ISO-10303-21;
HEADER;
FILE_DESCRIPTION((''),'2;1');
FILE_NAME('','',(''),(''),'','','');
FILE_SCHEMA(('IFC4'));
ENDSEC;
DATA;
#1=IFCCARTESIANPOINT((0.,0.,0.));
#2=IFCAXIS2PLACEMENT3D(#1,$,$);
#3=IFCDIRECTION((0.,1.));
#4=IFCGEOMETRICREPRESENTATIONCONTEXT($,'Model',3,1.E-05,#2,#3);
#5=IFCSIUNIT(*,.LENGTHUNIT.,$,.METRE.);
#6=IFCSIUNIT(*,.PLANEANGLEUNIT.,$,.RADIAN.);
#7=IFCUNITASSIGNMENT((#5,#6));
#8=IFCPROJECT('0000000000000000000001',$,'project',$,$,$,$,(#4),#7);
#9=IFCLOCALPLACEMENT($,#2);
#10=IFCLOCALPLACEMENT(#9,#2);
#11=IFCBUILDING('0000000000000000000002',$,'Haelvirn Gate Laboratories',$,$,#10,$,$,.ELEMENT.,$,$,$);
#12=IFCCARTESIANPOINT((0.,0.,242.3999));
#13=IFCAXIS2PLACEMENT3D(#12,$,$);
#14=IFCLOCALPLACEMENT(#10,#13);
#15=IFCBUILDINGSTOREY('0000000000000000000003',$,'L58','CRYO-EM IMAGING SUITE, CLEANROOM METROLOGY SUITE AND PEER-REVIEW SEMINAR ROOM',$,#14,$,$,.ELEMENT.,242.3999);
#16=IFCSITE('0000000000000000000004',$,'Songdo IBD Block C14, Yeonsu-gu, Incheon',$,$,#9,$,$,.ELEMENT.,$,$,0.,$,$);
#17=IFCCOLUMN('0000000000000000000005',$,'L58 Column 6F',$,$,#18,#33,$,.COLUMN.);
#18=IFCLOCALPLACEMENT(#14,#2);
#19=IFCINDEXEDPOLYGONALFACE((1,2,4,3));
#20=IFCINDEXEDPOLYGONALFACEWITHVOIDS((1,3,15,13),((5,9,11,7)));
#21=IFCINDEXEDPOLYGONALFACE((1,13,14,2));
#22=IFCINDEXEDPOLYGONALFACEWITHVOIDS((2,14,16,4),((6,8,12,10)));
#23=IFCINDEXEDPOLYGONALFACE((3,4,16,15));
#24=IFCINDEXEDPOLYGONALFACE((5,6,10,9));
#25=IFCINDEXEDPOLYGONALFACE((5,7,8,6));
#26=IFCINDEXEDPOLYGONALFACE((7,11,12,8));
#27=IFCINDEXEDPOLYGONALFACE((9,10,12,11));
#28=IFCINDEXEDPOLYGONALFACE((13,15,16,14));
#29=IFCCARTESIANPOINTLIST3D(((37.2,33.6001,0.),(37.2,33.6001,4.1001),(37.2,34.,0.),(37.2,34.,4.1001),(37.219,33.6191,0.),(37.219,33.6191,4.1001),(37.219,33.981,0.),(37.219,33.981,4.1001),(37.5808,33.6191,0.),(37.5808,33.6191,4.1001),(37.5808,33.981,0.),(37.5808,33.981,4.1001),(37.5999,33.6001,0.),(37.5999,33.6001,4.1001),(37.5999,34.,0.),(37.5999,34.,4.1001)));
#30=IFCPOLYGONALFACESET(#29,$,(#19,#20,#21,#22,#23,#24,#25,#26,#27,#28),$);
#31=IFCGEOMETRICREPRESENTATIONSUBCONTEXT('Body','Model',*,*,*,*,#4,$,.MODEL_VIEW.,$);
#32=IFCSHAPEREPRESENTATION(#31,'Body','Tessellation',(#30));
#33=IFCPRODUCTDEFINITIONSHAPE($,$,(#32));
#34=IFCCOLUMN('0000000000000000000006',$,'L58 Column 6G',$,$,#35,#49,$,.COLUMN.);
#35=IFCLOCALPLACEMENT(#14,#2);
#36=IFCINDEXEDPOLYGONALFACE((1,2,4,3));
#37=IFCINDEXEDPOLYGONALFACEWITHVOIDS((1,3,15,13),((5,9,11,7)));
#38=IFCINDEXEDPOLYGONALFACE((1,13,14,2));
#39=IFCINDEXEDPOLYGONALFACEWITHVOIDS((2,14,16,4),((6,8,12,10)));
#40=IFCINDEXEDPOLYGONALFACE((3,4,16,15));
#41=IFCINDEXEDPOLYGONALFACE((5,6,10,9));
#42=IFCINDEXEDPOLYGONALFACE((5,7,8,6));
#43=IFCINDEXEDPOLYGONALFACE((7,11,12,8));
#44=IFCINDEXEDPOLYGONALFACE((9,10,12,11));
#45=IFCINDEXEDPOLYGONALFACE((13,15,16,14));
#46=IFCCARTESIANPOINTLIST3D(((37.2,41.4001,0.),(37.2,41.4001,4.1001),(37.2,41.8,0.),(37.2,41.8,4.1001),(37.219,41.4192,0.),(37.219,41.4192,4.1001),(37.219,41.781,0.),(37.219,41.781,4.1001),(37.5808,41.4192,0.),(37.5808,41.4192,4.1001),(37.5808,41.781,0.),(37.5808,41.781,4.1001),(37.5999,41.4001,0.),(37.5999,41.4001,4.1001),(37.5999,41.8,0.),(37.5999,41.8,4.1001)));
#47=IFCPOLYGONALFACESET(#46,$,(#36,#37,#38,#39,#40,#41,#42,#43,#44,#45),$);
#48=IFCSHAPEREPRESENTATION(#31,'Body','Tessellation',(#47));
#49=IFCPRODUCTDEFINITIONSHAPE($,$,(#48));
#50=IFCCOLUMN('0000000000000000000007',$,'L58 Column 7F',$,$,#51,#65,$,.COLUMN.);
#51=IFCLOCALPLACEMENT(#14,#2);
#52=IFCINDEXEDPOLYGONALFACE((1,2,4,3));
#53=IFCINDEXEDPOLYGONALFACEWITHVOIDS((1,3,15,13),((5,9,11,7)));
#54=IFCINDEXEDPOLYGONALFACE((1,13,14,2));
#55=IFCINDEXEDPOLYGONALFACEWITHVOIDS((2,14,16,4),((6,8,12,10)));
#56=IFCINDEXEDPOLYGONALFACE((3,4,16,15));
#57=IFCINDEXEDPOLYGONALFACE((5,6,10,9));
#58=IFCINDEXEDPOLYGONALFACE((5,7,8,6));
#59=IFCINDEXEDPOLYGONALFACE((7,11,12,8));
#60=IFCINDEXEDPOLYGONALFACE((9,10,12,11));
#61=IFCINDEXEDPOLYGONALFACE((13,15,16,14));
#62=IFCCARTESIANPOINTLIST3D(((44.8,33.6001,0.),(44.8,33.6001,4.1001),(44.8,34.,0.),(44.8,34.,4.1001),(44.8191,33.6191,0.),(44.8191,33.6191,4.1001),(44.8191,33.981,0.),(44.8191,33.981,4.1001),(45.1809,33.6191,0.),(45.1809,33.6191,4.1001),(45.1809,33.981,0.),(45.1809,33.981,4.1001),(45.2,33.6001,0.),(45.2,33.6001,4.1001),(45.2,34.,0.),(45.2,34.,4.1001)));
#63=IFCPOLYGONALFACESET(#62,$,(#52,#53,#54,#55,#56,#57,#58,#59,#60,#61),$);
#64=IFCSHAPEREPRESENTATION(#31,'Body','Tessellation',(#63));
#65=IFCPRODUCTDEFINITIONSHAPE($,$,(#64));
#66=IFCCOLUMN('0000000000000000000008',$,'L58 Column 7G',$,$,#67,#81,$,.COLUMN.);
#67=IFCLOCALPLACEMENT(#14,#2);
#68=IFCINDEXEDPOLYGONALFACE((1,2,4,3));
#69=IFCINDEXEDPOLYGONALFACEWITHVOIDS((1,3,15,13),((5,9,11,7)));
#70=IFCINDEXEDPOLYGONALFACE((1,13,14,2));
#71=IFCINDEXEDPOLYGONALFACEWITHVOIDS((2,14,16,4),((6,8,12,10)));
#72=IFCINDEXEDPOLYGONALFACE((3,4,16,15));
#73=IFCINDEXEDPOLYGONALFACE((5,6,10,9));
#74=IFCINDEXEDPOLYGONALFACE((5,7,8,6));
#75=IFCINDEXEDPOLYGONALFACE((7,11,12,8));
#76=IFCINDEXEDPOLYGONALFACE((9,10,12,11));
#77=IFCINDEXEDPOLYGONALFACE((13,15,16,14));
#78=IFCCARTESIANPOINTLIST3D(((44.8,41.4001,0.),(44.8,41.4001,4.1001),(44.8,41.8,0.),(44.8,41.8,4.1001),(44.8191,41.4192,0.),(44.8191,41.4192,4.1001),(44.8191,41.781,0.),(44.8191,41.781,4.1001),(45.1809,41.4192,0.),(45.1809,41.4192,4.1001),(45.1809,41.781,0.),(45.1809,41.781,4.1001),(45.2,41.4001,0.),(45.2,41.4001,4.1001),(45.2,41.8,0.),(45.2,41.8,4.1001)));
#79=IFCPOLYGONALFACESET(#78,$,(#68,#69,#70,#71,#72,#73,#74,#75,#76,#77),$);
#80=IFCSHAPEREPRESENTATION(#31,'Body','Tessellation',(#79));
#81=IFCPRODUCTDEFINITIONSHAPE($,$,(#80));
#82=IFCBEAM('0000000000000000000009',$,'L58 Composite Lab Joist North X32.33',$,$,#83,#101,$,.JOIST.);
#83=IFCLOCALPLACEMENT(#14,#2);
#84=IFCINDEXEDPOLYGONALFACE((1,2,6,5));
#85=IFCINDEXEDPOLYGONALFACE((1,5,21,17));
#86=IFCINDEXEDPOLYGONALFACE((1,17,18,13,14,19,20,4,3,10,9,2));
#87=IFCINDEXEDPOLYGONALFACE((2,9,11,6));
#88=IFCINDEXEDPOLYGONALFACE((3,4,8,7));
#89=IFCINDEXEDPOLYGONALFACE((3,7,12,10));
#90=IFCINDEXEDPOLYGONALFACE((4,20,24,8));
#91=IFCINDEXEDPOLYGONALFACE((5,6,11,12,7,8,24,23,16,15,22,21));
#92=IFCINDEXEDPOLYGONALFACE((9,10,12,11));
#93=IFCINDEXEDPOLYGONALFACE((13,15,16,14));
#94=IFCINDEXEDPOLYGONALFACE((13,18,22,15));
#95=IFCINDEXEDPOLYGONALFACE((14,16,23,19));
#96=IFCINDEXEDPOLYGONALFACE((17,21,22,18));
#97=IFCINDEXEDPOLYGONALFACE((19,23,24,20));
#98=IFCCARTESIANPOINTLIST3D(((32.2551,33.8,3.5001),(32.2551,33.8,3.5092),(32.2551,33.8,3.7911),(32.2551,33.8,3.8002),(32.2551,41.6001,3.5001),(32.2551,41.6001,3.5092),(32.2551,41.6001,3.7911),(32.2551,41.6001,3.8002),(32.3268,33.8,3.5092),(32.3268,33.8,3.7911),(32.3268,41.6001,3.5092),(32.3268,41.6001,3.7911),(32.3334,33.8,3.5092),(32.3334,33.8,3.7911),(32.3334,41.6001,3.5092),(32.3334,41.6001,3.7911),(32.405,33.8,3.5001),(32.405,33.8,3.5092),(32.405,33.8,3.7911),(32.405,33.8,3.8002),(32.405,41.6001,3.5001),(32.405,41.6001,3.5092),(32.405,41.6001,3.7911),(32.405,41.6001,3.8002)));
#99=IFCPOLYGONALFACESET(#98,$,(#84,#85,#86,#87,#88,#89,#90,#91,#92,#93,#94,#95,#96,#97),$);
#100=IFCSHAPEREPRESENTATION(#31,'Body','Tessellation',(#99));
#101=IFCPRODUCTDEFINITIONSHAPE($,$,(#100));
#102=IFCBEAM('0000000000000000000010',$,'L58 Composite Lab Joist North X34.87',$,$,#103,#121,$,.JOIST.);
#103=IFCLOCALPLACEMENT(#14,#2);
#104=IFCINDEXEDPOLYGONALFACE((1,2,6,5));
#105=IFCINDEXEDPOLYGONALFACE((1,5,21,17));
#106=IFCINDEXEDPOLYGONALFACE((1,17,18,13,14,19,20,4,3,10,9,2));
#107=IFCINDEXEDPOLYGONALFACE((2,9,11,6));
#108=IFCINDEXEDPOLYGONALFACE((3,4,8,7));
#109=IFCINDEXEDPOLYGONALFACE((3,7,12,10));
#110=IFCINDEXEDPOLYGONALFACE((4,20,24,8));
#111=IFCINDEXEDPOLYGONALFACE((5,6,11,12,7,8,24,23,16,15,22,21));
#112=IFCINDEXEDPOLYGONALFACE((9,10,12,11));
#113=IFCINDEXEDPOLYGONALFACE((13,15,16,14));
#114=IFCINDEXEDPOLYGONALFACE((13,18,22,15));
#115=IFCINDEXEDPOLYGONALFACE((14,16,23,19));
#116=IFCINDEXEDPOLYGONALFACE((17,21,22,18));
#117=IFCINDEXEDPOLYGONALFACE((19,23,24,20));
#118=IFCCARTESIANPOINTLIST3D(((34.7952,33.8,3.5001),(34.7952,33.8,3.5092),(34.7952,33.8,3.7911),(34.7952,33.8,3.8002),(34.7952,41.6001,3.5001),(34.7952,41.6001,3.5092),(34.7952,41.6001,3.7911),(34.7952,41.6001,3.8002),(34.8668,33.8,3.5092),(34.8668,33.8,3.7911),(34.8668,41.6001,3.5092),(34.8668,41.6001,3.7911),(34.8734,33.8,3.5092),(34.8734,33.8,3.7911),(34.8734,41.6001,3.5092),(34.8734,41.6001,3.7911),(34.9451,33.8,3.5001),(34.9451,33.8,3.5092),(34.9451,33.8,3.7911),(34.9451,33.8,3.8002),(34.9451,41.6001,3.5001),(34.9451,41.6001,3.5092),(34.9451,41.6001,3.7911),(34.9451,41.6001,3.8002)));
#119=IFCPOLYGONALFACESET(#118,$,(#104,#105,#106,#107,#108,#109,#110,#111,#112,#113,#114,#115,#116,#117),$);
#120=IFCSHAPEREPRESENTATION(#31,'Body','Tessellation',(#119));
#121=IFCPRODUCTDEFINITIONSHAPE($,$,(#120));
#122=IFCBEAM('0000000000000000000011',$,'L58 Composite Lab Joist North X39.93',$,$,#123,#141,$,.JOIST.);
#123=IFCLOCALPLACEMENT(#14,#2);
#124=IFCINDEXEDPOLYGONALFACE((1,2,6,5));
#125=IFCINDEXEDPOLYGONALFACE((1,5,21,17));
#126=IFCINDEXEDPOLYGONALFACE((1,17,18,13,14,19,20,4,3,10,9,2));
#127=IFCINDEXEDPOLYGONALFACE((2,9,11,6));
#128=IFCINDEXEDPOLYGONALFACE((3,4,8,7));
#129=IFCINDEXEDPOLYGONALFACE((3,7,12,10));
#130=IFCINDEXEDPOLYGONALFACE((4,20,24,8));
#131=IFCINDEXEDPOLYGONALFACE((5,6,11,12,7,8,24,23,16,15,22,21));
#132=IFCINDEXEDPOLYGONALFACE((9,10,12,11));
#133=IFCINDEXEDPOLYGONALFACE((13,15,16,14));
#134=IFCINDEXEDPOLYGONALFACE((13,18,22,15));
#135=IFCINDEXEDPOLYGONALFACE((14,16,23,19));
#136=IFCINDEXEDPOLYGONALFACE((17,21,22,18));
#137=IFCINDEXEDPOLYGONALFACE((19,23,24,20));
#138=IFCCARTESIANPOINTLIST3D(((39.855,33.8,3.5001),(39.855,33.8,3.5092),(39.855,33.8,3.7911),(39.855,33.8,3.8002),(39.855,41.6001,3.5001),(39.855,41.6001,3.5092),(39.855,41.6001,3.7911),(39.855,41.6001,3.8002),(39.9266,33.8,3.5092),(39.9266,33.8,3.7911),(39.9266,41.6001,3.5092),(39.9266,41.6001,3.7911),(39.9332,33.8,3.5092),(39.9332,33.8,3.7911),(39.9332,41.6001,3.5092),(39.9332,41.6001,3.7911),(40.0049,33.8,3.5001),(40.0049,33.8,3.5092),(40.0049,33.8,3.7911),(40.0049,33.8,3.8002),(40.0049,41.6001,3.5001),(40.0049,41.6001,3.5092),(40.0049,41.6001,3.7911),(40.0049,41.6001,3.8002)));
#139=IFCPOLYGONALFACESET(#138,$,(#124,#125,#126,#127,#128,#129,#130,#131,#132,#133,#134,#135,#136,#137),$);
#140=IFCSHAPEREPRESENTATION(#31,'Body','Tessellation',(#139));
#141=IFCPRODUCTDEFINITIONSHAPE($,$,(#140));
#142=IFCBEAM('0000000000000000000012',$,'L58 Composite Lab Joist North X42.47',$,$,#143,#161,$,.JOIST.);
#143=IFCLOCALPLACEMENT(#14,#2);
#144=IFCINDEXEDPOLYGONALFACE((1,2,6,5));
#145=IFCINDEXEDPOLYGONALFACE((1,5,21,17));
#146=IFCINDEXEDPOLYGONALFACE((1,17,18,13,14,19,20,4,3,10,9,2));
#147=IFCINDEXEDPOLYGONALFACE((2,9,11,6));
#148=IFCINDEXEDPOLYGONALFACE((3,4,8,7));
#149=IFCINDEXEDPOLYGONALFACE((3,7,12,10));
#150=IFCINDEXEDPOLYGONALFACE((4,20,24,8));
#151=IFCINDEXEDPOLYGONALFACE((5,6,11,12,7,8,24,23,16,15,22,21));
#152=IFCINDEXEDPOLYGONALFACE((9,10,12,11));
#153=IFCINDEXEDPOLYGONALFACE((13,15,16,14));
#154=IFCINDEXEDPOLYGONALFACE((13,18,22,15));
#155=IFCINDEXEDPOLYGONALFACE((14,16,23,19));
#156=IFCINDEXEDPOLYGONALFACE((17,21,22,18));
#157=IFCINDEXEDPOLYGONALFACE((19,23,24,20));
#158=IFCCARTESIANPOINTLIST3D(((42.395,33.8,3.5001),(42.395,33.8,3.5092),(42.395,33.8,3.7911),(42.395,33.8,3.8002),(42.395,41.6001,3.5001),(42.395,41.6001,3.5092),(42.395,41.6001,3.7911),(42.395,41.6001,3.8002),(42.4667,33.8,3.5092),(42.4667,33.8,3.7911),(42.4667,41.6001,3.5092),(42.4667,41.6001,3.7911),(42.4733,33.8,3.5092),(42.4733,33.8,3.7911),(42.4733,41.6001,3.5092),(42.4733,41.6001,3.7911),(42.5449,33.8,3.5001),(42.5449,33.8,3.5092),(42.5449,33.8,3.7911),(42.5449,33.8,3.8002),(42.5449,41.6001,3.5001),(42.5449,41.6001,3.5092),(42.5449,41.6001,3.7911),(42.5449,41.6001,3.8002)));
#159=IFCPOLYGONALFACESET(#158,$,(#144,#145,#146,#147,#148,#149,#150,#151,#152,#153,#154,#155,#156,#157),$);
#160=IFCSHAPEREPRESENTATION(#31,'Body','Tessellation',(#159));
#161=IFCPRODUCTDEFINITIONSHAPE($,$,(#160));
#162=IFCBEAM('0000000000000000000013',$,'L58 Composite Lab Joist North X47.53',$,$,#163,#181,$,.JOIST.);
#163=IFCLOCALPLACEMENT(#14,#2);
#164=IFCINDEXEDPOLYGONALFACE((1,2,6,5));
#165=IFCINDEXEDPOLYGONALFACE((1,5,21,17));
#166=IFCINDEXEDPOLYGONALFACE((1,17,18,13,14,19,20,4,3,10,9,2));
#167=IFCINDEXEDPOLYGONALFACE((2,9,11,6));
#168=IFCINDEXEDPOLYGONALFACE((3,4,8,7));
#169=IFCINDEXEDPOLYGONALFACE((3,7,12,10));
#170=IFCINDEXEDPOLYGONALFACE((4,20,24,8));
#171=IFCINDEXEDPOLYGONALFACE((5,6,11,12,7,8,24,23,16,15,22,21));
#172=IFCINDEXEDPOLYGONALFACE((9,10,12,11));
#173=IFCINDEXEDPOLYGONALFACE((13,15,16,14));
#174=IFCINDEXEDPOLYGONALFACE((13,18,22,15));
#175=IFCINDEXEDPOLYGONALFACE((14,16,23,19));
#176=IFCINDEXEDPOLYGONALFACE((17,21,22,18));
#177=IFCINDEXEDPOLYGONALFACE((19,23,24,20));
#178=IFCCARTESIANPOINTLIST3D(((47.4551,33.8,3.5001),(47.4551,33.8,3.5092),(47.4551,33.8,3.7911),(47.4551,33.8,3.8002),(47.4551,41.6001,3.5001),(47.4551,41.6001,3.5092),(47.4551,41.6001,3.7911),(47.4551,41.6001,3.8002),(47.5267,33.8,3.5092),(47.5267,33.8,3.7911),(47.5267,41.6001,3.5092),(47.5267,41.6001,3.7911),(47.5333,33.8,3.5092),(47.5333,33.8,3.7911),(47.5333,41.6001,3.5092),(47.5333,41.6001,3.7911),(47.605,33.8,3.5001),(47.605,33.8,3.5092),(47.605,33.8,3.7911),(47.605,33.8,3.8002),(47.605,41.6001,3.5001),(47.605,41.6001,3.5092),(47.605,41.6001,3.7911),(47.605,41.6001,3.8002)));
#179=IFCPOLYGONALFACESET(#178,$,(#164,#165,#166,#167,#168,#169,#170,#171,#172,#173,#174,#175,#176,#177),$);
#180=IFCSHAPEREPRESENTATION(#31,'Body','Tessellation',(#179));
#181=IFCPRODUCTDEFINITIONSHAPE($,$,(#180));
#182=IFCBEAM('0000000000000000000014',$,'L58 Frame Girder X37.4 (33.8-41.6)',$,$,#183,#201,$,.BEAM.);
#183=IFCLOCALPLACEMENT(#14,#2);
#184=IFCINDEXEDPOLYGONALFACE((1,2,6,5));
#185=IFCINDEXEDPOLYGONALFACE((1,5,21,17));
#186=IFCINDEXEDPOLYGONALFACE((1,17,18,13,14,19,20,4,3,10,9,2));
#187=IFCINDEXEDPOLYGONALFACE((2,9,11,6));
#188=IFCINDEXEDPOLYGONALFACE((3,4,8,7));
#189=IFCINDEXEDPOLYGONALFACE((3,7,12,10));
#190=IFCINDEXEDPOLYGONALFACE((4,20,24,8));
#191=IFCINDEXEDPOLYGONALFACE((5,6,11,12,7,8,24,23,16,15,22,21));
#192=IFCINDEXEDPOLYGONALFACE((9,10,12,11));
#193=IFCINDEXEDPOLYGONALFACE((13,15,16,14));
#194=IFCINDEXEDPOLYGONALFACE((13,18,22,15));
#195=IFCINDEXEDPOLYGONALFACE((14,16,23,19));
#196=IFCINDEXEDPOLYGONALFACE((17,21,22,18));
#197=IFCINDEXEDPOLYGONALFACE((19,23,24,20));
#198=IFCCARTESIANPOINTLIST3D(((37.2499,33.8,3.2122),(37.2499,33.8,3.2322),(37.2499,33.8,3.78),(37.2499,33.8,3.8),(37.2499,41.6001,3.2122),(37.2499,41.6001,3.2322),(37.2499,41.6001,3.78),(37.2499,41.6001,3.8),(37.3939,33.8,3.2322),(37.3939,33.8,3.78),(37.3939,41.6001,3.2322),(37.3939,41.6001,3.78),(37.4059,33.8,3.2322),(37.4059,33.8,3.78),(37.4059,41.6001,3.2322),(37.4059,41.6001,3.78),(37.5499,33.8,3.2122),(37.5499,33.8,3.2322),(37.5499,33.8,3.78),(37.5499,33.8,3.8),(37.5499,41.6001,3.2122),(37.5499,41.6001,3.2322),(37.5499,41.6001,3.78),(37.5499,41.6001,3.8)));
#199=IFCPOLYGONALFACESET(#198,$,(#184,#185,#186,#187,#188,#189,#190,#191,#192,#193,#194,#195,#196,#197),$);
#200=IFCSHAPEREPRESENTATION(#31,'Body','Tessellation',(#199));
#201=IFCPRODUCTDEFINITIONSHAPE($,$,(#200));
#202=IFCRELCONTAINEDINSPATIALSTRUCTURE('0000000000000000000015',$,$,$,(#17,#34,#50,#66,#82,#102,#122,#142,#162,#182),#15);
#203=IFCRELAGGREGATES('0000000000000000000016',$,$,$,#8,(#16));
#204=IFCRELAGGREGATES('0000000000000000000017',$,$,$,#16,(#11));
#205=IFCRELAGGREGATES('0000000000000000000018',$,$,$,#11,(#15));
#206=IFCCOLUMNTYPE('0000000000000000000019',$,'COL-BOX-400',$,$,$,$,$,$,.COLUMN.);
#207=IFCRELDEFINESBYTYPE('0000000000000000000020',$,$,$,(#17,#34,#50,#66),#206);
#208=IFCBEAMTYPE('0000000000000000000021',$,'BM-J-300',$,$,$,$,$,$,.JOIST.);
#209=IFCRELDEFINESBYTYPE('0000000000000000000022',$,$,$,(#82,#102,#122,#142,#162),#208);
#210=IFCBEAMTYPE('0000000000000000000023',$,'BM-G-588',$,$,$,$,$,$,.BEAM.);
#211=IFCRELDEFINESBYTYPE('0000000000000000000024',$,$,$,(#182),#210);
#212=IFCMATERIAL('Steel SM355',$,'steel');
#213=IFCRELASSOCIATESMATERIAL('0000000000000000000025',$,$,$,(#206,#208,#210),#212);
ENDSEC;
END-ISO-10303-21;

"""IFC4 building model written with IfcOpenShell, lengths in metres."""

from ifc_helpers import new_model, si_unit, direction, frame, origin, origin_2d, place, context, subcontext, project, spatial, hollow_rectangle, i_section, extrude, source, transform, mapped, material, material_profile, profile_set, type_object, type_shapes, element, save


model = new_model("IFC4")

# Units and contexts
model_context = context("Model", 3, precision=1e-05, world=origin(), true_north=direction((0.0, 1.0)))
body_context = subcontext(model_context, "Body", "Model", "MODEL_VIEW")
ifc_project = project(units=[si_unit("LENGTHUNIT", "METRE"), si_unit("PLANEANGLEUNIT", "RADIAN")], contexts=[model_context])

# Site, building, storey
site_placement = place(None, origin())
site = spatial("IfcSite", under=ifc_project, at=site_placement, Name="Songdo IBD Block C14, Yeonsu-gu, Incheon", CompositionType="ELEMENT", RefElevation=0.0)
building_placement = place(site_placement, origin())
building = spatial("IfcBuilding", under=site, at=building_placement, Name="Haelvirn Gate Laboratories", CompositionType="ELEMENT")
storey_placement = place(building_placement, frame((0.0, 0.0, 242.3999)))
storey = spatial("IfcBuildingStorey", under=building, at=storey_placement, Name="L58", Description="CRYO-EM IMAGING SUITE, CLEANROOM METROLOGY SUITE AND PEER-REVIEW SEMINAR ROOM", CompositionType="ELEMENT", Elevation=242.3999)

# Columns
ifc_material_1 = material(Name="Steel SM355", Category="steel")
ifc_material_profile_1 = material_profile(ifc_material_1, hollow_rectangle(XDim=0.3999, YDim=0.3999, WallThickness=0.019, at=origin_2d()), Name="BOX-400x400x19")
ifc_profile_set_1 = profile_set([ifc_material_profile_1], Name="Steel SM355")
column_type = type_object("IfcColumnType", Name="COL-BOX-400", PredefinedType="COLUMN", material=ifc_profile_set_1)
shared_shape_1 = source(origin(), body_context, "Body", "SweptSolid", [
    extrude(hollow_rectangle(XDim=0.3999, YDim=0.3999, WallThickness=0.019, at=origin_2d()), origin(), (0.0, 0.0, 1.0), 4.1001),
])
type_shapes(column_type, [shared_shape_1])
for number, where, z_axis, x_axis, name in (
    (1, (37.3999, 33.8, 0.0), (0.0, 0.0, 1.0), (1.0, 0.0, 0.0), "L58 Column 6F"),
    (2, (37.3999, 41.6001, 0.0), (0.0, 0.0, 1.0), (1.0, 0.0, 0.0), "L58 Column 6G"),
    (3, (45.0, 33.8, 0.0), (0.0, 0.0, 1.0), (1.0, 0.0, 0.0), "L58 Column 7F"),
    (4, (45.0, 41.6001, 0.0), (0.0, 0.0, 1.0), (1.0, 0.0, 0.0), "L58 Column 7G"),
):
    element("IfcColumn", number, at=place(storey_placement, frame(where, z_axis=z_axis, x_axis=x_axis)), inside=storey, type_object=column_type, Name=name, PredefinedType="COLUMN", context=body_context, shape_type="MappedRepresentation", body=[
        mapped(shared_shape_1, transform((0.0, 0.0, 0.0), scale=1.0)),
    ])

# Beams
ifc_material_profile_2 = material_profile(ifc_material_1, i_section(OverallWidth=0.1499, OverallDepth=0.3, WebThickness=0.0066, FlangeThickness=0.009, at=origin_2d()), Name="H-300x150x6.5x9")
ifc_profile_set_2 = profile_set([ifc_material_profile_2], Name="Steel SM355")
beam_type_1 = type_object("IfcBeamType", Name="BM-J-300", PredefinedType="JOIST", material=ifc_profile_set_2)
shared_shape_2 = source(origin(), body_context, "Body", "SweptSolid", [
    extrude(i_section(OverallWidth=0.1499, OverallDepth=0.3, WebThickness=0.0066, FlangeThickness=0.009, at=origin_2d()), origin(), (0.0, 0.0, 1.0), 7.8),
])
type_shapes(beam_type_1, [shared_shape_2])
for number, where, z_axis, x_axis, name in (
    (5, (32.3301, 33.8, 3.6501), (0.0, 1.0, 0.0), (-1.0, 0.0, 0.0), "L58 Composite Lab Joist North X32.33"),
    (6, (34.8701, 33.8, 3.6501), (0.0, 1.0, 0.0), (-1.0, 0.0, 0.0), "L58 Composite Lab Joist North X34.87"),
    (7, (39.9299, 33.8, 3.6501), (0.0, 1.0, 0.0), (-1.0, 0.0, 0.0), "L58 Composite Lab Joist North X39.93"),
    (8, (42.47, 33.8, 3.6501), (0.0, 1.0, 0.0), (-1.0, 0.0, 0.0), "L58 Composite Lab Joist North X42.47"),
    (9, (47.53, 33.8, 3.6501), (0.0, 1.0, 0.0), (-1.0, 0.0, 0.0), "L58 Composite Lab Joist North X47.53"),
):
    element("IfcBeam", number, at=place(storey_placement, frame(where, z_axis=z_axis, x_axis=x_axis)), inside=storey, type_object=beam_type_1, Name=name, PredefinedType="JOIST", context=body_context, shape_type="MappedRepresentation", body=[
        mapped(shared_shape_2, transform((0.0, 0.0, 0.0), scale=1.0)),
    ])
ifc_material_profile_3 = material_profile(ifc_material_1, i_section(OverallWidth=0.3, OverallDepth=0.5879, WebThickness=0.012, FlangeThickness=0.02, at=origin_2d()), Name="H-588x300x12x20")
ifc_profile_set_3 = profile_set([ifc_material_profile_3], Name="Steel SM355")
beam_type_2 = type_object("IfcBeamType", Name="BM-G-588", PredefinedType="BEAM", material=ifc_profile_set_3)
shared_shape_3 = source(origin(), body_context, "Body", "SweptSolid", [
    extrude(i_section(OverallWidth=0.3, OverallDepth=0.5879, WebThickness=0.012, FlangeThickness=0.02, at=origin_2d()), origin(), (0.0, 0.0, 1.0), 7.8),
])
type_shapes(beam_type_2, [shared_shape_3])
for number, where, z_axis, x_axis, name in (
    (10, (37.3999, 33.8, 3.5061), (0.0, 1.0, 0.0), (-1.0, 0.0, 0.0), "L58 Frame Girder X37.4 (33.8-41.6)"),
):
    element("IfcBeam", number, at=place(storey_placement, frame(where, z_axis=z_axis, x_axis=x_axis)), inside=storey, type_object=beam_type_2, Name=name, PredefinedType="BEAM", context=body_context, shape_type="MappedRepresentation", body=[
        mapped(shared_shape_3, transform((0.0, 0.0, 0.0), scale=1.0)),
    ])

save(model, "model.ifc")
